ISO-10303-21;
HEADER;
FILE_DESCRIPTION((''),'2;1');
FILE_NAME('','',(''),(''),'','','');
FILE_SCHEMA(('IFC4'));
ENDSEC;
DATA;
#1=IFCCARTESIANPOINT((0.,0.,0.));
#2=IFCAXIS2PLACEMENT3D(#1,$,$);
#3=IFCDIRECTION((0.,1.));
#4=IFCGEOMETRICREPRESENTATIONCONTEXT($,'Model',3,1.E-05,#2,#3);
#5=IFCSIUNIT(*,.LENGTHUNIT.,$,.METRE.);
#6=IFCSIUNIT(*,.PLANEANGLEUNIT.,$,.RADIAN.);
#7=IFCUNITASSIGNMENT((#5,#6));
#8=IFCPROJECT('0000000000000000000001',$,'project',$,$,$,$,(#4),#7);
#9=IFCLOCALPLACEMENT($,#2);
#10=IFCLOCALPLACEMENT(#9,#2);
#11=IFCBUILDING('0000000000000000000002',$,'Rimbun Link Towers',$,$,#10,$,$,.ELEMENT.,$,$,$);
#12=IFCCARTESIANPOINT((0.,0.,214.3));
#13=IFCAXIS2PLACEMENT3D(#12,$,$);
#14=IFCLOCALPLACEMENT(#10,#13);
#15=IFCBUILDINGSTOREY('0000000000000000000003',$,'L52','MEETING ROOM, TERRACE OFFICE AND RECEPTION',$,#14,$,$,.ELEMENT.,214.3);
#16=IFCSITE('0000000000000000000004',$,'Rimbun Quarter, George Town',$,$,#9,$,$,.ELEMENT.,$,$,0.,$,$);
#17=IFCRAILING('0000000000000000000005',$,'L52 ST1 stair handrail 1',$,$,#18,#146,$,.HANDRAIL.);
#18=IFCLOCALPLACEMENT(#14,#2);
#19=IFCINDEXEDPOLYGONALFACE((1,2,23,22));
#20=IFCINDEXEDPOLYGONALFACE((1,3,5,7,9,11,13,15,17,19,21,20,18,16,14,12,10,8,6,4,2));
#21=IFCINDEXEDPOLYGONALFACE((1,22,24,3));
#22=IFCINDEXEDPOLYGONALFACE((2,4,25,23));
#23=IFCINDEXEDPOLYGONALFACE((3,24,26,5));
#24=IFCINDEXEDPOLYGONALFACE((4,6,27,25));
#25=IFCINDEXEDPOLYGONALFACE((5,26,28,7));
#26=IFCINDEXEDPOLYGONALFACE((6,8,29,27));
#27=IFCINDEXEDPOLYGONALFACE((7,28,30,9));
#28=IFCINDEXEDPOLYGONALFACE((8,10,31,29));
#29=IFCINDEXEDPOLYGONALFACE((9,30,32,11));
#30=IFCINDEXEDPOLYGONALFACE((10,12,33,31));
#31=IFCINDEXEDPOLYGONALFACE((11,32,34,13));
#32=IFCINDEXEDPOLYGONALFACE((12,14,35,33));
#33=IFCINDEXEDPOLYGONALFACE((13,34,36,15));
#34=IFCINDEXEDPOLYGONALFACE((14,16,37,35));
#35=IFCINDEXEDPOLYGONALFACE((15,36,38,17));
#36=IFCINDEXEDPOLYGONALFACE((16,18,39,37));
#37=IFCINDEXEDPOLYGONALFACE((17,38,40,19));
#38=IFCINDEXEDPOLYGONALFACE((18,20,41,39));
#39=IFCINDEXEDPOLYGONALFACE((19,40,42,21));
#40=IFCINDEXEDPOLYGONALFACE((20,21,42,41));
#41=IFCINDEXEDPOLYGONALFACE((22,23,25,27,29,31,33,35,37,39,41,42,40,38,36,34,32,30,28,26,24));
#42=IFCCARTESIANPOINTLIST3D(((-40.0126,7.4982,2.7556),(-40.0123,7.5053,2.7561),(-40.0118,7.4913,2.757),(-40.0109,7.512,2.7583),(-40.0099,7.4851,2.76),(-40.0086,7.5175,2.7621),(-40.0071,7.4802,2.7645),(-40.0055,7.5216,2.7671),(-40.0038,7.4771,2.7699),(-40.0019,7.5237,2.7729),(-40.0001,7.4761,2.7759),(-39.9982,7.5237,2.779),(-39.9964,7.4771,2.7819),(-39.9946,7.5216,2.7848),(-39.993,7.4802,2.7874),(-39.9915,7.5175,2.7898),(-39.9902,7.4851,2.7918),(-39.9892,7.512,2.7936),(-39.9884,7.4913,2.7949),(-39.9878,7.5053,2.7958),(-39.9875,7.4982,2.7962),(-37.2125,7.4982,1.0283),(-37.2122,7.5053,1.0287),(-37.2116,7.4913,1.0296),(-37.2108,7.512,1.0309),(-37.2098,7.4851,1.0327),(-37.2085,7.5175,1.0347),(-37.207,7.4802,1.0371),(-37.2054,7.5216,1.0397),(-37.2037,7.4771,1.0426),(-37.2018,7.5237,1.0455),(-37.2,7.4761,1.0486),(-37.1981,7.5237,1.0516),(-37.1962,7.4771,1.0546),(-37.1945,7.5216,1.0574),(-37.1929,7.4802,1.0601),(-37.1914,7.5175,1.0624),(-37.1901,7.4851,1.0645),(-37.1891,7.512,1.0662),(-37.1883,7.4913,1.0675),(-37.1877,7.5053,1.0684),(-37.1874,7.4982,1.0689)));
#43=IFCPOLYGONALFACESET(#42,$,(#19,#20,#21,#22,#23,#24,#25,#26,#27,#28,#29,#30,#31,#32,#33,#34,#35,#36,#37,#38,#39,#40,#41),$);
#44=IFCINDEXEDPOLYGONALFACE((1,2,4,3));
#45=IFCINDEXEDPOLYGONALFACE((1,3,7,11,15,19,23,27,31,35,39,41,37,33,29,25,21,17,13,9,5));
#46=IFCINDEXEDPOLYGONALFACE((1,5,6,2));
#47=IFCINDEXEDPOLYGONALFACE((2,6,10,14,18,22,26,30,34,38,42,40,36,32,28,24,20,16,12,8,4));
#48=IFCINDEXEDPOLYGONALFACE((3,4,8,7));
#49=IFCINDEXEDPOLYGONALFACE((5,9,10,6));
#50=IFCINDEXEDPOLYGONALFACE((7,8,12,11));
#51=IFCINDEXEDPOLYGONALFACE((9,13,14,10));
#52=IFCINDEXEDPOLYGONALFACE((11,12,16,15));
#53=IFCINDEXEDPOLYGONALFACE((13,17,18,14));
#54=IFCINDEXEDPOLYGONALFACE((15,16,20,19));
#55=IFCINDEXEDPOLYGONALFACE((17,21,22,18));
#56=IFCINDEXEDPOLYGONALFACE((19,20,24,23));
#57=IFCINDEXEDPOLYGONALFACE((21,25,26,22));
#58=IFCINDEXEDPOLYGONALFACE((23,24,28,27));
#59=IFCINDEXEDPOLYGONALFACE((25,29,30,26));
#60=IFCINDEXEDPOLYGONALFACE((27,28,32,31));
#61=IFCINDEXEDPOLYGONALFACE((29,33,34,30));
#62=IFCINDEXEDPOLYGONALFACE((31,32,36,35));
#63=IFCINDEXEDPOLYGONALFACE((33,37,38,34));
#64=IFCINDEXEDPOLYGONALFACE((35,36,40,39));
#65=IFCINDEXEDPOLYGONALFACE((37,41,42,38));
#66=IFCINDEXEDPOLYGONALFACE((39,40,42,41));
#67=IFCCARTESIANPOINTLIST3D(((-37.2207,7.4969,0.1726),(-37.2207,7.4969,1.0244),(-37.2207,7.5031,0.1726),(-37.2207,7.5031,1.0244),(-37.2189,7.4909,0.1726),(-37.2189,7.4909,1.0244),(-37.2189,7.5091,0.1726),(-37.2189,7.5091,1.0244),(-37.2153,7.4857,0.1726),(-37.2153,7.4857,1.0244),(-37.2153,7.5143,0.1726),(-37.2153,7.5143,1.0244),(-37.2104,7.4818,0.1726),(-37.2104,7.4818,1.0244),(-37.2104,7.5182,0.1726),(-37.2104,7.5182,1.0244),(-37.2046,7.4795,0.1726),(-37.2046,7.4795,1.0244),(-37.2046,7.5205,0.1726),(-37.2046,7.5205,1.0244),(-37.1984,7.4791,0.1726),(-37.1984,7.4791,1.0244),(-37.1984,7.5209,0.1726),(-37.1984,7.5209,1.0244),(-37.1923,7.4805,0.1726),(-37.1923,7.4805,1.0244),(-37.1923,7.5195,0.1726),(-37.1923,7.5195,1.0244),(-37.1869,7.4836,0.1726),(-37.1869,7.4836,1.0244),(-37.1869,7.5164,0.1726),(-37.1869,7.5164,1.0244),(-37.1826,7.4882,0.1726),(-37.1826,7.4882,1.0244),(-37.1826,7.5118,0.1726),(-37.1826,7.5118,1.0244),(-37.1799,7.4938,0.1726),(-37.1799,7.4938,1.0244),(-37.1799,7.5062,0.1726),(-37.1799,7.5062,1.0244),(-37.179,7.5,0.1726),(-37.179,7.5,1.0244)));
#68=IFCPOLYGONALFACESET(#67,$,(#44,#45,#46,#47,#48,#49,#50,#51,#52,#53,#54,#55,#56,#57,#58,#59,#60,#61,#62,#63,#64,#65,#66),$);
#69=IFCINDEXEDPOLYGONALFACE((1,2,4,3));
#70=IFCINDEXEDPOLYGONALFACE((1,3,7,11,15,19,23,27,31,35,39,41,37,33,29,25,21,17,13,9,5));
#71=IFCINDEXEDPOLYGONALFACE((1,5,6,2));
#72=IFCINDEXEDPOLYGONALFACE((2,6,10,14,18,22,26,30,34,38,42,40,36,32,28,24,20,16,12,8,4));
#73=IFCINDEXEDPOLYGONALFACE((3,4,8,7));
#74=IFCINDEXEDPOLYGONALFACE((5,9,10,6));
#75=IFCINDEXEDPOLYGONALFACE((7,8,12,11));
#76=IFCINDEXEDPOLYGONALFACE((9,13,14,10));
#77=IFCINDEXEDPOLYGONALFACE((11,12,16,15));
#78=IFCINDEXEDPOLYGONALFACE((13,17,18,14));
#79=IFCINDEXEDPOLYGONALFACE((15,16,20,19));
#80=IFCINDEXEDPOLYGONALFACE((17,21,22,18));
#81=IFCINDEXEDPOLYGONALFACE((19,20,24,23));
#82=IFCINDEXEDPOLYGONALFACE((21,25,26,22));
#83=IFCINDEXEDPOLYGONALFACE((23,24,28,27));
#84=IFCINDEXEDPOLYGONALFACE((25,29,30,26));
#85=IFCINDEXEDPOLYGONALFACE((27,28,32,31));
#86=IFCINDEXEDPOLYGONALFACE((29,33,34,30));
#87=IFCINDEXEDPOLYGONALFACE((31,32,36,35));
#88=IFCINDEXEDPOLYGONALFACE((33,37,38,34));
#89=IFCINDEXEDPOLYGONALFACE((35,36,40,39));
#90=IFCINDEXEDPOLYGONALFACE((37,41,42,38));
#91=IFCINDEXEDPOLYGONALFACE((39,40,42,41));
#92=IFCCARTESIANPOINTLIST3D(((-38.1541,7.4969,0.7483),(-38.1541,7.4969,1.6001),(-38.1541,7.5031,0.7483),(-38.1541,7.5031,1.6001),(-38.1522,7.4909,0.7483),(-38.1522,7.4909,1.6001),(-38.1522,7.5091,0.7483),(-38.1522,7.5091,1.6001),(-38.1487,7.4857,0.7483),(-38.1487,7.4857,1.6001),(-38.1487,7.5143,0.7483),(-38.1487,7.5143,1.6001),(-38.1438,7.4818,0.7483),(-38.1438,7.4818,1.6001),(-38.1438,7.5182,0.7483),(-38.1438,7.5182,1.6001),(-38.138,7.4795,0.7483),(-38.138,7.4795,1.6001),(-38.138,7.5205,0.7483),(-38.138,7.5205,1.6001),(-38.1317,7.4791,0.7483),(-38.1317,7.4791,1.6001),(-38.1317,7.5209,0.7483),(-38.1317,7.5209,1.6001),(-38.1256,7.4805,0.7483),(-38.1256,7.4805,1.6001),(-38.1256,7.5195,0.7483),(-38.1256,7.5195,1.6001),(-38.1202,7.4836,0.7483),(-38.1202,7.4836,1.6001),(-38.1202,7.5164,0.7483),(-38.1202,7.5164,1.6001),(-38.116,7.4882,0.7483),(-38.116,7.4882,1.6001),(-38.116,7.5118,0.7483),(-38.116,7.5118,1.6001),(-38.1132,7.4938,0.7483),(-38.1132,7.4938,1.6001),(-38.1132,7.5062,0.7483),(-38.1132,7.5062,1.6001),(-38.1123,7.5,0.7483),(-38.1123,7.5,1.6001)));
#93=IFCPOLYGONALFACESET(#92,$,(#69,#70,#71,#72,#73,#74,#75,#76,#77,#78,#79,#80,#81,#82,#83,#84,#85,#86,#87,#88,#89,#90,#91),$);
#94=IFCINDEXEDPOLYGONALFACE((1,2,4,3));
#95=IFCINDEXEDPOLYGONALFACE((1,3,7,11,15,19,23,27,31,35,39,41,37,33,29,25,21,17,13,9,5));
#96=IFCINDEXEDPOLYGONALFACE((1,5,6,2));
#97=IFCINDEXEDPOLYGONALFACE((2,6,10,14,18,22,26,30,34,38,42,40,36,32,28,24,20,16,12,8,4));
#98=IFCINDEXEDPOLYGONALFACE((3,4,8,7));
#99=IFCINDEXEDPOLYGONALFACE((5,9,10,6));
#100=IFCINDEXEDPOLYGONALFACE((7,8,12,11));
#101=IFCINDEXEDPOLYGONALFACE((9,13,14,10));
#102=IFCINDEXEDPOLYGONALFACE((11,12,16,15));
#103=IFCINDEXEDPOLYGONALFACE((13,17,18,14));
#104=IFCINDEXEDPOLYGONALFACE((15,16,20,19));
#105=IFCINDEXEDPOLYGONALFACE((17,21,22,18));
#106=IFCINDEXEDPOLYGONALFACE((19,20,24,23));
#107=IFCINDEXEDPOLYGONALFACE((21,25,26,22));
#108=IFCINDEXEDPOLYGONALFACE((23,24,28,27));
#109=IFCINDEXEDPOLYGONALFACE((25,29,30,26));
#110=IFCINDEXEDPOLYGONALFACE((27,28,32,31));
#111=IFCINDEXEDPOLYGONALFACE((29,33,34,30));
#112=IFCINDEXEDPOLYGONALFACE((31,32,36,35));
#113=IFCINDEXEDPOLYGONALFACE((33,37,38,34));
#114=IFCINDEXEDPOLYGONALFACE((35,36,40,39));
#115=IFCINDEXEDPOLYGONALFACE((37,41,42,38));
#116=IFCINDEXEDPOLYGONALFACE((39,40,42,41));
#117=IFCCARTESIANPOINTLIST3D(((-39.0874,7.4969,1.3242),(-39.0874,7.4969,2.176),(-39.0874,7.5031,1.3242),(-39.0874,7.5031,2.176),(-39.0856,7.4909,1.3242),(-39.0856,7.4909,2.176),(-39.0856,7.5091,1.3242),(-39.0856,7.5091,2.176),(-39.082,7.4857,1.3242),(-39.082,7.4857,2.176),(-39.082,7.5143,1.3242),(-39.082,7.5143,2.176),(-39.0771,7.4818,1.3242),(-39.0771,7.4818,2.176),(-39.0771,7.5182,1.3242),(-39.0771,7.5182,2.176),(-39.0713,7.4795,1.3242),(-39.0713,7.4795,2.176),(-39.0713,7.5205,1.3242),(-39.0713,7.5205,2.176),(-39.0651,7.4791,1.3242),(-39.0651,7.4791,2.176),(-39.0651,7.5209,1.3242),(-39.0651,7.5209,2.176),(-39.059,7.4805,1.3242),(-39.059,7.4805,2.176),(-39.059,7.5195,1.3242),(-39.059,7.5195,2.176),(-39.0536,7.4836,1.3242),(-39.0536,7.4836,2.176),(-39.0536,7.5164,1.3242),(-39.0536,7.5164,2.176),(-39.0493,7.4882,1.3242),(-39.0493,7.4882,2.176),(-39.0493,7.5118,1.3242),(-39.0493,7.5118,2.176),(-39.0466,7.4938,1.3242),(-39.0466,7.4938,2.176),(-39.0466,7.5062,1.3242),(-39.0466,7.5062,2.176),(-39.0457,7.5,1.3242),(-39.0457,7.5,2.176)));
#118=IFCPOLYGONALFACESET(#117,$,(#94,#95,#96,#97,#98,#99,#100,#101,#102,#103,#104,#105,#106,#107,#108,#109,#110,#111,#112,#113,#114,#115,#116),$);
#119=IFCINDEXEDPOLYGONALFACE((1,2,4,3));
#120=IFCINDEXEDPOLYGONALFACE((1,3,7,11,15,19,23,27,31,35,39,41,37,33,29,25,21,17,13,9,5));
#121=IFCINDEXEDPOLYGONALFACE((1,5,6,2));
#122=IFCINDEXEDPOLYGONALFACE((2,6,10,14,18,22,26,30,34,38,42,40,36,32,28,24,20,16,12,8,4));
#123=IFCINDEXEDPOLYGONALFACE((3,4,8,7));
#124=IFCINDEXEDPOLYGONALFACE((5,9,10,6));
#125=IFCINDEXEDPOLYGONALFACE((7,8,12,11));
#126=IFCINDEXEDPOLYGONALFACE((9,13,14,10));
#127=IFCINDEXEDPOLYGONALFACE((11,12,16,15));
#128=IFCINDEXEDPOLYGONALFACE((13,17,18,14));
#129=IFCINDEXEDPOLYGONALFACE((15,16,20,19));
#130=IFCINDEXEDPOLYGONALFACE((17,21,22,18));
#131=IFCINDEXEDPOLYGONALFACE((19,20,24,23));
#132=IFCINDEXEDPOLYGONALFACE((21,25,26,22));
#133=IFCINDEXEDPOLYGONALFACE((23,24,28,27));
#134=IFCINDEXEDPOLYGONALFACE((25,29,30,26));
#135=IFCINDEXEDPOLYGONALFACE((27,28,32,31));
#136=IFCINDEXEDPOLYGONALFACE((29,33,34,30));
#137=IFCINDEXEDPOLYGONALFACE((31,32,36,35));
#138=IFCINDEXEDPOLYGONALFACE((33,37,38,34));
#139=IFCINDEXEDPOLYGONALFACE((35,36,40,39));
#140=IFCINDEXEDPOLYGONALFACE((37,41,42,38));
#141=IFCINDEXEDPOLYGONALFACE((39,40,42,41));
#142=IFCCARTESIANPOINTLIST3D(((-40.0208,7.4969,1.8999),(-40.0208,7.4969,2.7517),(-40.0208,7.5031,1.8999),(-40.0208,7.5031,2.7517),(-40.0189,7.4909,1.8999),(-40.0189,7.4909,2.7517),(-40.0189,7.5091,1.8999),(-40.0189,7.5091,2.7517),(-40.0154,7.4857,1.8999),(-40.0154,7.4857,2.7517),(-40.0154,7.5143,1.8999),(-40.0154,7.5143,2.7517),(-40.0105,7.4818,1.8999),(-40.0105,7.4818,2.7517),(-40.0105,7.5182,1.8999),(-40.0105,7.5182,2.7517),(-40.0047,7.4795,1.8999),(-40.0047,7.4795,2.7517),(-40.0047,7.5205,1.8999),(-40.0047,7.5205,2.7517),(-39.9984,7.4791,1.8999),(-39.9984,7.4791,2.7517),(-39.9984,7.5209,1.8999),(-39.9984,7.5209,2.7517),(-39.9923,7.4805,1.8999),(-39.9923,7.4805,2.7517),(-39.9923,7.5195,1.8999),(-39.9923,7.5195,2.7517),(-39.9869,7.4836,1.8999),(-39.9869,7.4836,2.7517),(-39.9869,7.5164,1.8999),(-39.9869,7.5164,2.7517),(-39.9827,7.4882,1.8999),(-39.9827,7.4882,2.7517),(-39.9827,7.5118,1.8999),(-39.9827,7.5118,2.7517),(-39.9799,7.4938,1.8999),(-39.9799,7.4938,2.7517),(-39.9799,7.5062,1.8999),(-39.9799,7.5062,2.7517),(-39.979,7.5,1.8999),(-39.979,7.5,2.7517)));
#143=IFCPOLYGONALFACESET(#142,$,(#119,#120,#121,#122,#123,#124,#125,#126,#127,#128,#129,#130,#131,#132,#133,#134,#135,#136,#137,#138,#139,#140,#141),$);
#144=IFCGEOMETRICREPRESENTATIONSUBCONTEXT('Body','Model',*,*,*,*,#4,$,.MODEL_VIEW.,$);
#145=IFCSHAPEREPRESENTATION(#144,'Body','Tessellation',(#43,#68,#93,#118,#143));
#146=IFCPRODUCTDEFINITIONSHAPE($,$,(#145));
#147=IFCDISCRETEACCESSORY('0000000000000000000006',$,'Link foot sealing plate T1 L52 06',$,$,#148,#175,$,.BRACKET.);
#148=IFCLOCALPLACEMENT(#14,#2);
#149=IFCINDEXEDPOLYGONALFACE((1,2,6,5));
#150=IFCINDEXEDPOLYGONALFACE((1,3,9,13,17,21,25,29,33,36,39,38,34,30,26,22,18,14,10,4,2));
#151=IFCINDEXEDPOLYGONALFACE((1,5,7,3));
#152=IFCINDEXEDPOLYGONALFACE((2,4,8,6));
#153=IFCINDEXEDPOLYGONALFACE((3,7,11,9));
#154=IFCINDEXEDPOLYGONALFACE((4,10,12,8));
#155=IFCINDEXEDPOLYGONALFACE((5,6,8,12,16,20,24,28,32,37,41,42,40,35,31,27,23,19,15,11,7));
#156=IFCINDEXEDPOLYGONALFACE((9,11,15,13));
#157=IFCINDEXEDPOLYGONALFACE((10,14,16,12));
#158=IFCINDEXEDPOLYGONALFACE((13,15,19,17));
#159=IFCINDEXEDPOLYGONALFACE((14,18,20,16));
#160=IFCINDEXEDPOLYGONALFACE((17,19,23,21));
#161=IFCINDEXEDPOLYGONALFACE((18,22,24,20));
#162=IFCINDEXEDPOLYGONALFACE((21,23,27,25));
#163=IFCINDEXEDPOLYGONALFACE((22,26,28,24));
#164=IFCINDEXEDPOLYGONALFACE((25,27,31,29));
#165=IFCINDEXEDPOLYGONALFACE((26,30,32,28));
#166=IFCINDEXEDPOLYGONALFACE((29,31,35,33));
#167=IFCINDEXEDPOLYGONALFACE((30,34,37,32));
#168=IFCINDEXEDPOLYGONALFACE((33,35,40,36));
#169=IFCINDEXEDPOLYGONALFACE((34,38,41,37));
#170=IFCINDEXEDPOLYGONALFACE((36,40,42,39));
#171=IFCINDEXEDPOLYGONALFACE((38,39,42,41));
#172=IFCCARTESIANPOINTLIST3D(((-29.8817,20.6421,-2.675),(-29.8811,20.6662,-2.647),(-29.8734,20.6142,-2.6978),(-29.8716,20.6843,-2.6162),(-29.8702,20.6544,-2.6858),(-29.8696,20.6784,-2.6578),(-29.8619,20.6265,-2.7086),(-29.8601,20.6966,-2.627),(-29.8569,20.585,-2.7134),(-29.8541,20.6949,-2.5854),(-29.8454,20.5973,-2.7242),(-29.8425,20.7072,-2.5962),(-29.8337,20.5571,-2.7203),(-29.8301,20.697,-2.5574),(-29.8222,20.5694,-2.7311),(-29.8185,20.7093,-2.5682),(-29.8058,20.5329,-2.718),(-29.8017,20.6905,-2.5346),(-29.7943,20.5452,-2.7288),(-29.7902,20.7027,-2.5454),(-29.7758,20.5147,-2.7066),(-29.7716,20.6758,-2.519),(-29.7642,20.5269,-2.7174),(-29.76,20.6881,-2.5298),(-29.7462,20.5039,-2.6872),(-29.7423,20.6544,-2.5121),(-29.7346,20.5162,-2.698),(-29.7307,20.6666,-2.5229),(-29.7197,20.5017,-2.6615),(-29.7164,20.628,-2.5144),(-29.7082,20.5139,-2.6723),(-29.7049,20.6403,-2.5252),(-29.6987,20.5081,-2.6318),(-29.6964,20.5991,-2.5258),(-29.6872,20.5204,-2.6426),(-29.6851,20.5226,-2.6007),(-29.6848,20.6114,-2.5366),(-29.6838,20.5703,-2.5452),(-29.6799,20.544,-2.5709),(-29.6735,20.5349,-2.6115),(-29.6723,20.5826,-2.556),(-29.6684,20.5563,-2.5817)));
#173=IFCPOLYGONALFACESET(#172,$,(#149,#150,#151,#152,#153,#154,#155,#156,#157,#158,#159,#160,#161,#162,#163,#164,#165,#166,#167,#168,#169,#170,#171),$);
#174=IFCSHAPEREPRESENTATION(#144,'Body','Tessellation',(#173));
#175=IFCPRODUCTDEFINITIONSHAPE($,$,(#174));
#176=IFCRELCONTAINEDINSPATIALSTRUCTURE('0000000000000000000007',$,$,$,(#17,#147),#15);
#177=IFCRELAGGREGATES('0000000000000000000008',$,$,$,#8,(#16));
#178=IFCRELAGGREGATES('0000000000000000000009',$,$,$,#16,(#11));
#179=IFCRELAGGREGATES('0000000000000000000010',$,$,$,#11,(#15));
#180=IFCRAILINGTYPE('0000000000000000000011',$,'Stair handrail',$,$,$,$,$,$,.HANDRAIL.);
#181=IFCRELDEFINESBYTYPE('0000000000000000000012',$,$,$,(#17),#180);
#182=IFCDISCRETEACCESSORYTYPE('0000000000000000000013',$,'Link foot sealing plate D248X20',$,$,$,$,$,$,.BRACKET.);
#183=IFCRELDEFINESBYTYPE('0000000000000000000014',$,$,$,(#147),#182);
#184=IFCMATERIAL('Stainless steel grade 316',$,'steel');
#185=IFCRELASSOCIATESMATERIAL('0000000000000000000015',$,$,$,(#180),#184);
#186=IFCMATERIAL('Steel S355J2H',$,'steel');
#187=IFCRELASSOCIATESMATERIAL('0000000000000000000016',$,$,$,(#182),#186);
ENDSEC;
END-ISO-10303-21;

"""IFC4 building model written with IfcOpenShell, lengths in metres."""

from ifc_helpers import new_model, si_unit, direction, frame, origin, origin_2d, place, context, subcontext, project, spatial, circle, extrude, material, material_profile, profile_set, type_object, element, save


model = new_model("IFC4")

# Units and contexts
model_context = context("Model", 3, precision=1e-05, world=origin(), true_north=direction((0.0, 1.0)))
body_context = subcontext(model_context, "Body", "Model", "MODEL_VIEW")
ifc_project = project(units=[si_unit("LENGTHUNIT", "METRE"), si_unit("PLANEANGLEUNIT", "RADIAN")], contexts=[model_context])

# Site, building, storey
site_placement = place(None, origin())
site = spatial("IfcSite", under=ifc_project, at=site_placement, Name="Rimbun Quarter, George Town", CompositionType="ELEMENT", RefElevation=0.0)
building_placement = place(site_placement, origin())
building = spatial("IfcBuilding", under=site, at=building_placement, Name="Rimbun Link Towers", CompositionType="ELEMENT")
storey_placement = place(building_placement, frame((0.0, 0.0, 214.3)))
storey = spatial("IfcBuildingStorey", under=building, at=storey_placement, Name="L52", Description="MEETING ROOM, TERRACE OFFICE AND RECEPTION", CompositionType="ELEMENT", Elevation=214.3)

# Railing
ifc_material_1 = material(Name="Stainless steel grade 316", Category="steel")
railing_type_1 = type_object("IfcRailingType", Name="Stair handrail", PredefinedType="HANDRAIL", material=ifc_material_1)
railing_1_placement = place(storey_placement, frame((-37.2, 7.5, 0.1726)))
element("IfcRailing", 1, at=railing_1_placement, inside=storey, type_object=railing_type_1, Name="L52 ST1 stair handrail 1", PredefinedType="HANDRAIL", context=body_context, shape_type="SweptSolid", body=[
    extrude(circle(Radius=0.0239, at=origin_2d()), frame((0.0, 0.0, 0.876), z_axis=(-0.85109, 0.0, 0.52502), x_axis=(0.0, -1.0, 0.0)), (0.0, 0.0, 1.0), 3.29),
    extrude(circle(Radius=0.021, at=origin_2d()), origin(), (0.0, 0.0, 1.0), 0.8518),
    extrude(circle(Radius=0.021, at=origin_2d()), frame((-0.9333, 0.0, 0.5757)), (0.0, 0.0, 1.0), 0.8518),
    extrude(circle(Radius=0.021, at=origin_2d()), frame((-1.8667, 0.0, 1.1516)), (0.0, 0.0, 1.0), 0.8518),
    extrude(circle(Radius=0.021, at=origin_2d()), frame((-2.8, 0.0, 1.7273)), (0.0, 0.0, 1.0), 0.8518),
])

# Discrete accessory
ifc_material_2 = material(Name="Steel S355J2H", Category="steel")
ifc_material_profile_1 = material_profile(ifc_material_2, circle(Radius=0.124, at=origin_2d()), Name="PL D248")
ifc_profile_set_1 = profile_set([ifc_material_profile_1], Name="Steel S355J2H")
discrete_accessory_type = type_object("IfcDiscreteAccessoryType", Name="Link foot sealing plate D248X20", PredefinedType="BRACKET", material=ifc_profile_set_1)
discrete_accessory_placement = place(storey_placement, frame((-29.7812, 20.5994, -2.6162), z_axis=(0.576568, 0.61337, -0.539766), x_axis=(-0.728628, 0.68491, 0.0)))
element("IfcDiscreteAccessory", 2, at=discrete_accessory_placement, inside=storey, type_object=discrete_accessory_type, Name="Link foot sealing plate T1 L52 06", PredefinedType="BRACKET", context=body_context, shape_type="SweptSolid", body=[
    extrude(circle(Radius=0.124, at=origin_2d()), origin(), (0.0, 0.0, 1.0), 0.02),
])

save(model, "model.ifc")
